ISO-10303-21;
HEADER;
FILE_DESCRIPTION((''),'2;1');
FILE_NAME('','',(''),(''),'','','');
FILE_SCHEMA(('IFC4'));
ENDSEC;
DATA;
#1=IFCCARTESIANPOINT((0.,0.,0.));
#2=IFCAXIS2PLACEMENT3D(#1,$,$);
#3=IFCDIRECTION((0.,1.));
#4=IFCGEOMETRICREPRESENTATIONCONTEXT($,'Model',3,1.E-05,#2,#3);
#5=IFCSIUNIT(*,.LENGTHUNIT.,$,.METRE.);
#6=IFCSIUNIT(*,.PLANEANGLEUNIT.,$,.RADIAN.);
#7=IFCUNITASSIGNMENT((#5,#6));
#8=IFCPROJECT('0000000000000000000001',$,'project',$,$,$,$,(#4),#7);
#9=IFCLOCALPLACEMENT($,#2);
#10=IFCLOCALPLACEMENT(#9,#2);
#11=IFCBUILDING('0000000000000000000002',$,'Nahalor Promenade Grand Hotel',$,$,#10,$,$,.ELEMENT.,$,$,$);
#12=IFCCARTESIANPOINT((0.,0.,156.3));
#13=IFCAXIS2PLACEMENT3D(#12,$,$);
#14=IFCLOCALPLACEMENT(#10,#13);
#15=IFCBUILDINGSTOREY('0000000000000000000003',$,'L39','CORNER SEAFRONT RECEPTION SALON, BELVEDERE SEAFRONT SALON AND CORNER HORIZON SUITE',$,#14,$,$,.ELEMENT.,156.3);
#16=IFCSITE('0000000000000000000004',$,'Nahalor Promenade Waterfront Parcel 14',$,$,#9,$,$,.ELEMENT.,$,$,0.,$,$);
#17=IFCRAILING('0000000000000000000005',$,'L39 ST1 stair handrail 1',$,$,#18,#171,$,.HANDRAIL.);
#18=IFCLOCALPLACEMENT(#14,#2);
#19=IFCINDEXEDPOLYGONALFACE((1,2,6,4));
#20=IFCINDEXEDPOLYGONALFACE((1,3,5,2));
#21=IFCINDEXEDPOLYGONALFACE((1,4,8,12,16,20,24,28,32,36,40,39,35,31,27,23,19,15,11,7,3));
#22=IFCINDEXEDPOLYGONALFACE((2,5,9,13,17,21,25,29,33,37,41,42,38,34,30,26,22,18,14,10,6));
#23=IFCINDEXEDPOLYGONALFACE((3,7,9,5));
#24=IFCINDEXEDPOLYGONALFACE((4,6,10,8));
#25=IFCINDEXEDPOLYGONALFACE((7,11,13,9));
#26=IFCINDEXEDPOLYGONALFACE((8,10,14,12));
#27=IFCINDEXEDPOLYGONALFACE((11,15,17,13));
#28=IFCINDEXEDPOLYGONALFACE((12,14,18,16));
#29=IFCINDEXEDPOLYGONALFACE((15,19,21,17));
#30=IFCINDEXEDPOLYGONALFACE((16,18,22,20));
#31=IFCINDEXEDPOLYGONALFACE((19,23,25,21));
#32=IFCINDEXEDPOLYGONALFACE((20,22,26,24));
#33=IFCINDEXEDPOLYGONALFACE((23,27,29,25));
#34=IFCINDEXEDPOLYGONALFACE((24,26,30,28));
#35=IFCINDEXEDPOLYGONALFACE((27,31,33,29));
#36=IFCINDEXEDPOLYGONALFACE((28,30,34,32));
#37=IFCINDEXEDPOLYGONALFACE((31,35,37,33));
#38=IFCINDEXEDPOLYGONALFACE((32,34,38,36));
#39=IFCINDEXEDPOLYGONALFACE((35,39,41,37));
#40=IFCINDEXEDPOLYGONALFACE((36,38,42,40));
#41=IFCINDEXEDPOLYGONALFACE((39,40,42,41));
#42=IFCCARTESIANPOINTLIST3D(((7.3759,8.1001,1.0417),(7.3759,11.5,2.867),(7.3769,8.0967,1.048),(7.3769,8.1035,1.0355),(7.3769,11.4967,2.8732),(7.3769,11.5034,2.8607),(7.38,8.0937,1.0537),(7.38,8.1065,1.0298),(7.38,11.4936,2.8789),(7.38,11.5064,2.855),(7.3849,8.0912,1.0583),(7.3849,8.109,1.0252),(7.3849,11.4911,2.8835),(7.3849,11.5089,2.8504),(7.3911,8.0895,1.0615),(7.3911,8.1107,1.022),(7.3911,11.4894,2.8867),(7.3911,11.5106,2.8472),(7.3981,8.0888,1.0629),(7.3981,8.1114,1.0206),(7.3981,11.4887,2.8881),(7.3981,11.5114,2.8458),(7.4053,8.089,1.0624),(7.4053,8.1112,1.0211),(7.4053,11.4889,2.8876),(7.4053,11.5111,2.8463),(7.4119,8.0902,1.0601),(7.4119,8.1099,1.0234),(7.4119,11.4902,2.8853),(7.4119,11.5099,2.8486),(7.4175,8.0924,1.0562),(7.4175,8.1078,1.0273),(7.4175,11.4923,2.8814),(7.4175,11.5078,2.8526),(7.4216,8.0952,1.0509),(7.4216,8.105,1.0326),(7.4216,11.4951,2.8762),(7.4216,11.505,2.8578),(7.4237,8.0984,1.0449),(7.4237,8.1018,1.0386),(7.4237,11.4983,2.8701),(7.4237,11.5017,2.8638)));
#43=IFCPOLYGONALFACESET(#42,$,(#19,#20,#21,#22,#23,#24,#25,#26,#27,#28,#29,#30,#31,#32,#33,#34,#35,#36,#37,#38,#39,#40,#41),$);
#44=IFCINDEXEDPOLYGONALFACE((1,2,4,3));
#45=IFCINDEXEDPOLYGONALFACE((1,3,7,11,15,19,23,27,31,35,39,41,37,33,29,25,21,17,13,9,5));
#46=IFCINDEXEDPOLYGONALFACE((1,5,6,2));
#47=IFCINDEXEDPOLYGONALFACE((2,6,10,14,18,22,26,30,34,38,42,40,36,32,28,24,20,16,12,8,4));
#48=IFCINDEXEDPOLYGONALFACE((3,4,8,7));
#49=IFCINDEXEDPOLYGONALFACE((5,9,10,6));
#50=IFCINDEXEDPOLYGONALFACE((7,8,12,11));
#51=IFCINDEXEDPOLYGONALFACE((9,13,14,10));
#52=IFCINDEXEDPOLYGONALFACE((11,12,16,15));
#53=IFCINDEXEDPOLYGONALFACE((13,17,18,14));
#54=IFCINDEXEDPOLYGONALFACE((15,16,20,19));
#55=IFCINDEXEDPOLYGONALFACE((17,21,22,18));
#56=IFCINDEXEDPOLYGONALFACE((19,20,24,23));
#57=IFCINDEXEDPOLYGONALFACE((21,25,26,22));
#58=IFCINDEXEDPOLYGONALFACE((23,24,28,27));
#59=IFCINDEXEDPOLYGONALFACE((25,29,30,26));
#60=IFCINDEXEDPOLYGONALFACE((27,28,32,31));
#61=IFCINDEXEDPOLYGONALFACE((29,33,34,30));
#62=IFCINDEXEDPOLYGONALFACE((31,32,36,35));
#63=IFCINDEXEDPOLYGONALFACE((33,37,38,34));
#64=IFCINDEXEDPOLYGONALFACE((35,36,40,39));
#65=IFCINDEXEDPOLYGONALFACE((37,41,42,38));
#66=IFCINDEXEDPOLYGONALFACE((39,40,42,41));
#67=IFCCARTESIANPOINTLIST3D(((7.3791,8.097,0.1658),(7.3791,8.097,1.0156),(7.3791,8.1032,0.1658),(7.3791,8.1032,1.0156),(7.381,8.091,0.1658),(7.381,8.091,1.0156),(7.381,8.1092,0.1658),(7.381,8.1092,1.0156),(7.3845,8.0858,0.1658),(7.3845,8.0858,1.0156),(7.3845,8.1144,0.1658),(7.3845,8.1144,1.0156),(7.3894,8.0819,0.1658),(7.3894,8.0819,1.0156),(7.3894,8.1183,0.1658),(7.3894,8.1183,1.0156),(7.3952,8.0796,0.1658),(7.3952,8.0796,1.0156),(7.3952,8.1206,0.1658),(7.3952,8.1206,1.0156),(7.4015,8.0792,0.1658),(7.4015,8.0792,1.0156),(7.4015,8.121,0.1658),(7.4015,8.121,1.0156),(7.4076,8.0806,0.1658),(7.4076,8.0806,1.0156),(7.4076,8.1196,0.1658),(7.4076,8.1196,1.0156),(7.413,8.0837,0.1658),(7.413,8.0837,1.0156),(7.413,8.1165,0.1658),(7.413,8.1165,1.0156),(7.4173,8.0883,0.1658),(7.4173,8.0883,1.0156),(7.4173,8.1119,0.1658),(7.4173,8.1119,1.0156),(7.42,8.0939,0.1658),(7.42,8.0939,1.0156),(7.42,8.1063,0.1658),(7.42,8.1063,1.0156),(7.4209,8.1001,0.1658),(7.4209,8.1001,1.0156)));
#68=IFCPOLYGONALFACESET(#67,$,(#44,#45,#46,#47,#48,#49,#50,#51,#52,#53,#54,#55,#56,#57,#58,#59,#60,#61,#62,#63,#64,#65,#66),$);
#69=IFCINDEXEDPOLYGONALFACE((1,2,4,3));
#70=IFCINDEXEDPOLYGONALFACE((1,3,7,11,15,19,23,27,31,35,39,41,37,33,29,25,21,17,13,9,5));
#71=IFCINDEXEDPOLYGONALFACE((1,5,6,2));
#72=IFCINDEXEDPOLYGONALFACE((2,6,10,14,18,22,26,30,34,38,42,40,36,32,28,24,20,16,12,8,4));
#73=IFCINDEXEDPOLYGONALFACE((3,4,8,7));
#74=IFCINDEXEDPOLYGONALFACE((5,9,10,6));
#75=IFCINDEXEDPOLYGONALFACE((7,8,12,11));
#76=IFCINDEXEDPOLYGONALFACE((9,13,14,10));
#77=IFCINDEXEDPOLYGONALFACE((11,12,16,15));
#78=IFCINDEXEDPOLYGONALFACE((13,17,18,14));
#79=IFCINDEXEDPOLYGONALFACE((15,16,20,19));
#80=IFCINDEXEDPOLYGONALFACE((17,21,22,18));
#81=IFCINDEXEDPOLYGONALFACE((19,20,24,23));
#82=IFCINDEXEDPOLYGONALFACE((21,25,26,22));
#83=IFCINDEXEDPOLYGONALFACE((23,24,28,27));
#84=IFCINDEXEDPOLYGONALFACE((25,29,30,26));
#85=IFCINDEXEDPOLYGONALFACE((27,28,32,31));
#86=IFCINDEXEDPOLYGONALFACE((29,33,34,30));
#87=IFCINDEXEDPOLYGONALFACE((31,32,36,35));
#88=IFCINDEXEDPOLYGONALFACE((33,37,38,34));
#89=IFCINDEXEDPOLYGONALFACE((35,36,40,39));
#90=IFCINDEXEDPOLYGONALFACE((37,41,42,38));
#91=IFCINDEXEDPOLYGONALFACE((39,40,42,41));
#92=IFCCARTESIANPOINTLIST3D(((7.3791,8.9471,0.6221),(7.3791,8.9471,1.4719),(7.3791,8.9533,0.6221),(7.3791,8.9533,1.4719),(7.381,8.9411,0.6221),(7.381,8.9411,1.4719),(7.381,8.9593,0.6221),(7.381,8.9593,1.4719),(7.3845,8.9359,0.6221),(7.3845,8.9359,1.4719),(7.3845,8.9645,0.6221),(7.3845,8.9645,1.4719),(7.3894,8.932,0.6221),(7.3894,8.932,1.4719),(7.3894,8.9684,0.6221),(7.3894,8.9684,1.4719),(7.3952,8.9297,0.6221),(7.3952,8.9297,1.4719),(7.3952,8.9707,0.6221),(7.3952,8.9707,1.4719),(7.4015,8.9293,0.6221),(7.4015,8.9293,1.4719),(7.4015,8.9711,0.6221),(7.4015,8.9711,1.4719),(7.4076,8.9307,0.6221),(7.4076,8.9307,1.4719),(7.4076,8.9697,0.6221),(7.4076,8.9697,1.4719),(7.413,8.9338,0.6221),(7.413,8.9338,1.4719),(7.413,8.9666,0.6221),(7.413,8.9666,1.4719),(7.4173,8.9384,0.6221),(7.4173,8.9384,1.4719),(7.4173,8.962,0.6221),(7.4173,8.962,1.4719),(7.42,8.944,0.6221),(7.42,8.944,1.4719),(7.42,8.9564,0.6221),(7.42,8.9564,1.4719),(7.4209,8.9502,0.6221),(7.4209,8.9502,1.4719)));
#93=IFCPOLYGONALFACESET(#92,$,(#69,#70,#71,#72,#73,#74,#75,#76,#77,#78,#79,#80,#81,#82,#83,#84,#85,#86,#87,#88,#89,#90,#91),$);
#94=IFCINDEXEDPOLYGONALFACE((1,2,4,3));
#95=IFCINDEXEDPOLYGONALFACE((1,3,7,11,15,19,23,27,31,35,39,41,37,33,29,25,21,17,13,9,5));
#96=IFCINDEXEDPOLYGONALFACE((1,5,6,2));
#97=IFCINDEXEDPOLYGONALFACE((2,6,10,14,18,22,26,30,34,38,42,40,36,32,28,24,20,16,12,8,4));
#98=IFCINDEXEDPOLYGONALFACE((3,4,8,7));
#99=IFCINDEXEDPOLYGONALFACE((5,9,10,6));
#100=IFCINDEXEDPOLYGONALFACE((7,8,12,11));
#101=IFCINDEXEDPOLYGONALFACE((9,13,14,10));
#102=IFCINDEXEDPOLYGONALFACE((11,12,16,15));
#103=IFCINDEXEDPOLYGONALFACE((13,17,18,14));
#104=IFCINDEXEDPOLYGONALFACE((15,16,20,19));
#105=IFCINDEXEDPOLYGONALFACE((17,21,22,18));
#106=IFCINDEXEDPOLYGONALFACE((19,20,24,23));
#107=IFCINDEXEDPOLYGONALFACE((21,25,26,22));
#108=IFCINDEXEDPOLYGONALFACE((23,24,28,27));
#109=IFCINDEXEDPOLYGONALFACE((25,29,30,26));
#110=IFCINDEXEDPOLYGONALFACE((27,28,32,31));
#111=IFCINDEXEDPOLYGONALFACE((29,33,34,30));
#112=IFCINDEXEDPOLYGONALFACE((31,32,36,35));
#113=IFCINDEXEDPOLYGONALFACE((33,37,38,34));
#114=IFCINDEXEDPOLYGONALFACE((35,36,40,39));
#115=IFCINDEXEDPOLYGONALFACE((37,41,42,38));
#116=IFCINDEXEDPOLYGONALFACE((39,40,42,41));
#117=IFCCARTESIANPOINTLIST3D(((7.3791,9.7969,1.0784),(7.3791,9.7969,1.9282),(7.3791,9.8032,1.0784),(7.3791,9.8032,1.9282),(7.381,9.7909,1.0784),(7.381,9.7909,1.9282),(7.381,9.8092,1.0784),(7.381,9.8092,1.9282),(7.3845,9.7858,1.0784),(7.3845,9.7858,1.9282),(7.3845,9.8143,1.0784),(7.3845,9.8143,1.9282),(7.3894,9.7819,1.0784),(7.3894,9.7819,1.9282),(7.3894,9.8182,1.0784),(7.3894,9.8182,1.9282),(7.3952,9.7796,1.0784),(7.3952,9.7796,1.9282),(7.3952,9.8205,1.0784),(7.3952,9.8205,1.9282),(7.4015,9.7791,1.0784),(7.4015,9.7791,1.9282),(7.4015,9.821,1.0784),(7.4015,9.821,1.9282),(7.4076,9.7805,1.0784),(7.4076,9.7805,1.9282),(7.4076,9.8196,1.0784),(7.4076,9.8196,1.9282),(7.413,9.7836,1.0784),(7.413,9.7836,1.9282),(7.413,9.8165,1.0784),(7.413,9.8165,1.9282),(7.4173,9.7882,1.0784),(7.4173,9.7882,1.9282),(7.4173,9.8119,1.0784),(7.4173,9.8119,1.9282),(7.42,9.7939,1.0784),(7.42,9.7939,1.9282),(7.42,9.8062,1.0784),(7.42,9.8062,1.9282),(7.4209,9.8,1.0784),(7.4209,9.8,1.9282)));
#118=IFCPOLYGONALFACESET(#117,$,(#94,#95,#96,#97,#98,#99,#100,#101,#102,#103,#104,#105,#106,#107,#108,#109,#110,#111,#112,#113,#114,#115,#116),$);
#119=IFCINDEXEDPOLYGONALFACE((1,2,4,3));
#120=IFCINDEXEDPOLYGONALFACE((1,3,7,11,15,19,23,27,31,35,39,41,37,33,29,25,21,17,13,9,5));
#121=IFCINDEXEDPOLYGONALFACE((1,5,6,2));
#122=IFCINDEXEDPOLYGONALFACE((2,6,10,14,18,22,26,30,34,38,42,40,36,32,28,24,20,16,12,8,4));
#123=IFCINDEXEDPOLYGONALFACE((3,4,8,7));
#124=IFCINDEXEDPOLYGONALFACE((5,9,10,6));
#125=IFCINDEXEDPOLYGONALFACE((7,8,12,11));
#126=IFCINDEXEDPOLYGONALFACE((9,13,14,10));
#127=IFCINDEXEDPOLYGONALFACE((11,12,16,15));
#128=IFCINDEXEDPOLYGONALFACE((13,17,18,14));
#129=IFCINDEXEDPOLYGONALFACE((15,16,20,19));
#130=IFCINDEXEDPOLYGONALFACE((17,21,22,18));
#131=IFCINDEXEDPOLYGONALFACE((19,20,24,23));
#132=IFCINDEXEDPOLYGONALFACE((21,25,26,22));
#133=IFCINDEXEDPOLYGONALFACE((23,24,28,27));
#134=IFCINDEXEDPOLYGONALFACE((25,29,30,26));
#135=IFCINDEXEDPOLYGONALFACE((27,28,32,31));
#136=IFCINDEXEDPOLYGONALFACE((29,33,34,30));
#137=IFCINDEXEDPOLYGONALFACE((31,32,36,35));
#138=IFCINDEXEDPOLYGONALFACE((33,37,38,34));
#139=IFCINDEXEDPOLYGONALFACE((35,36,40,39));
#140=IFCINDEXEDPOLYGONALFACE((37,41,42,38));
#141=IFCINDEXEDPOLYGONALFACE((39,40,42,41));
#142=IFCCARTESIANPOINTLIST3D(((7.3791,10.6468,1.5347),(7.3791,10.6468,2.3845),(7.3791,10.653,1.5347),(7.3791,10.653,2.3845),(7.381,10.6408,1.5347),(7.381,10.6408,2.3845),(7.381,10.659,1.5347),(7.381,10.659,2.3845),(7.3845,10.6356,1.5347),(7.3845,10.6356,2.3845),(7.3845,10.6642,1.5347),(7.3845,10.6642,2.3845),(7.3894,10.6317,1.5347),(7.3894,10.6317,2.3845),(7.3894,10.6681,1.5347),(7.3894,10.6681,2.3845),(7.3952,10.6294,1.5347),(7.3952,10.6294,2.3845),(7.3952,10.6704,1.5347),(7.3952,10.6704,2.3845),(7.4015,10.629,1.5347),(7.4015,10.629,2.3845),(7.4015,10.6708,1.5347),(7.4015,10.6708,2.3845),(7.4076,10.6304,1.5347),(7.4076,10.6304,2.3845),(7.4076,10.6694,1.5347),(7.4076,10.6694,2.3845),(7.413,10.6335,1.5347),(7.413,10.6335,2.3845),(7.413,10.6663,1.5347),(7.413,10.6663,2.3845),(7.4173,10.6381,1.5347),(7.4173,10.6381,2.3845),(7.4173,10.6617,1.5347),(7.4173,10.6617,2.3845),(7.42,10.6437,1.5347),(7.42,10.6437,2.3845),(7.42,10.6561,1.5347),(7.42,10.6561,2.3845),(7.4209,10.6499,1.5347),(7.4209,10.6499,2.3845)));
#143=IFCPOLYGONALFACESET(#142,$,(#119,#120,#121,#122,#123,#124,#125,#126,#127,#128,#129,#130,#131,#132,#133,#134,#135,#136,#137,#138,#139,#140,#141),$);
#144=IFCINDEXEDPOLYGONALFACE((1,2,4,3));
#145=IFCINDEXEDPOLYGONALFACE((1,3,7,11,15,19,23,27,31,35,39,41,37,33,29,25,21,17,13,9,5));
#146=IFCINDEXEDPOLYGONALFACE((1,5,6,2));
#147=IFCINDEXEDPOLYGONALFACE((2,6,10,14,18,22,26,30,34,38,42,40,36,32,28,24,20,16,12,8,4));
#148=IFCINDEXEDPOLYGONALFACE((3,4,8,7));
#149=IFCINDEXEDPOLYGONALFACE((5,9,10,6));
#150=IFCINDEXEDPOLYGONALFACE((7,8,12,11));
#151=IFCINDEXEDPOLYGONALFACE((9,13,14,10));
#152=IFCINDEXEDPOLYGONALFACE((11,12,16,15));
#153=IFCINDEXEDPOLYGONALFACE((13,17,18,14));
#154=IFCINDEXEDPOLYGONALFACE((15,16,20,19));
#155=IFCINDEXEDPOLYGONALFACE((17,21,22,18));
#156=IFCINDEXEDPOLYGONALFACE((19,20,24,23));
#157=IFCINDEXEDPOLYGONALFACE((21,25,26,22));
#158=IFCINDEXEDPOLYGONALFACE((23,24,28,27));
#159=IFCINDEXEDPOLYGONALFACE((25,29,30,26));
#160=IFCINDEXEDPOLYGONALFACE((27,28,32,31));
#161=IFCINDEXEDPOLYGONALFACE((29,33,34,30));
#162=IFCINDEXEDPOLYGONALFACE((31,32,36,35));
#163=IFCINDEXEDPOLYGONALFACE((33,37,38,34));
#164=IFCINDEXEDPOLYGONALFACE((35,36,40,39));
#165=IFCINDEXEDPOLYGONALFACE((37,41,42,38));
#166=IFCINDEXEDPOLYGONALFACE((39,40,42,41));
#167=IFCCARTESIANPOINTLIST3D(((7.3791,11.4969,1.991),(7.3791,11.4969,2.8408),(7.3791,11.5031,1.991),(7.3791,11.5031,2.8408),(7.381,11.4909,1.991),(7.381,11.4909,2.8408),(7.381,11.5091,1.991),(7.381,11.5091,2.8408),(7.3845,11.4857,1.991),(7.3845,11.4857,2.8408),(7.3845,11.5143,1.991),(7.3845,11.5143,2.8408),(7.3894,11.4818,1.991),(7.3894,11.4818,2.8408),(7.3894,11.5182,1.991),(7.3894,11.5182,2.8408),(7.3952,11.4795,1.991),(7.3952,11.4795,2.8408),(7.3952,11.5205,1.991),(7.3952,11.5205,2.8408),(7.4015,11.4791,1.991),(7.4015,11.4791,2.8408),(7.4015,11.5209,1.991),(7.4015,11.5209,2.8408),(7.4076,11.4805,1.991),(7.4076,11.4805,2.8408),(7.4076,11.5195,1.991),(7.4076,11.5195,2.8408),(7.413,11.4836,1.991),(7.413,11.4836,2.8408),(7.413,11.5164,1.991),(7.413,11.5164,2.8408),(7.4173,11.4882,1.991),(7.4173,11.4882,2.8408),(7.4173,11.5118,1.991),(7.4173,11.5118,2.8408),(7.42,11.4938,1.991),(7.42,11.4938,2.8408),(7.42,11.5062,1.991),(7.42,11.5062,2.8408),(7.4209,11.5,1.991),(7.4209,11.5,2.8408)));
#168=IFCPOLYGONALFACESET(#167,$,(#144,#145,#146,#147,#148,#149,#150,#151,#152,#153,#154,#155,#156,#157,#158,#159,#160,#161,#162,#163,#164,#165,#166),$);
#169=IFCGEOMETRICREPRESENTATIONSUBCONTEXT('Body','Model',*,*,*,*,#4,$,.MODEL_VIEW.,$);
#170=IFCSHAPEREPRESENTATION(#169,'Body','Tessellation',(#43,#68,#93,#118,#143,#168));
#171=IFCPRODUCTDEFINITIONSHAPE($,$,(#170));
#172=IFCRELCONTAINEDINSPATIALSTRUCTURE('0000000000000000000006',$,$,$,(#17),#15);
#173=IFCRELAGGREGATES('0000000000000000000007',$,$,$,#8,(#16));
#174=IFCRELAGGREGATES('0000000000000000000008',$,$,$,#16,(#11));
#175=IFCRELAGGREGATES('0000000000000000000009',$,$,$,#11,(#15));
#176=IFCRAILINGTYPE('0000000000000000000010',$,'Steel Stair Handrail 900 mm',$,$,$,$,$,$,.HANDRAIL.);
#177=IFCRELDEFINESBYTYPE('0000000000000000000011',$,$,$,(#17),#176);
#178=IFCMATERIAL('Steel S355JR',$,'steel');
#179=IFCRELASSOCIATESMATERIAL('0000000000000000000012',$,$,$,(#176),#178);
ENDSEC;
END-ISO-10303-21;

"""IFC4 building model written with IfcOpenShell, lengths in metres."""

from ifc_helpers import new_model, si_unit, direction, frame, origin, origin_2d, place, context, subcontext, project, spatial, circle, extrude, material, type_object, element, save


model = new_model("IFC4")

# Units and contexts
model_context = context("Model", 3, precision=1e-05, world=origin(), true_north=direction((0.0, 1.0)))
body_context = subcontext(model_context, "Body", "Model", "MODEL_VIEW")
ifc_project = project(units=[si_unit("LENGTHUNIT", "METRE"), si_unit("PLANEANGLEUNIT", "RADIAN")], contexts=[model_context])

# Site, building, storey
site_placement = place(None, origin())
site = spatial("IfcSite", under=ifc_project, at=site_placement, Name="Nahalor Promenade Waterfront Parcel 14", CompositionType="ELEMENT", RefElevation=0.0)
building_placement = place(site_placement, origin())
building = spatial("IfcBuilding", under=site, at=building_placement, Name="Nahalor Promenade Grand Hotel", CompositionType="ELEMENT")
storey_placement = place(building_placement, frame((0.0, 0.0, 156.3)))
storey = spatial("IfcBuildingStorey", under=building, at=storey_placement, Name="L39", Description="CORNER SEAFRONT RECEPTION SALON, BELVEDERE SEAFRONT SALON AND CORNER HORIZON SUITE", CompositionType="ELEMENT", Elevation=156.3)

# Shared definitions
ifc_material_1 = material(Name="Steel S355JR", Category="steel")

# Railing
railing_type_1 = type_object("IfcRailingType", Name="Steel Stair Handrail 900 mm", PredefinedType="HANDRAIL", material=ifc_material_1)
railing_1_placement = place(storey_placement, frame((7.3999, 8.1001, 0.1658)))
element("IfcRailing", 1, at=railing_1_placement, inside=storey, type_object=railing_type_1, Name="L39 ST1 stair handrail 1", PredefinedType="HANDRAIL", context=body_context, shape_type="SweptSolid", body=[
    extrude(circle(Radius=0.024, at=origin_2d()), frame((0.0, 0.0, 0.876), z_axis=(0.0, 0.881068, 0.47299), x_axis=(-1.0, 0.0, 0.0)), (0.0, 0.0, 1.0), 3.8589),
    extrude(circle(Radius=0.021, at=origin_2d()), origin(), (0.0, 0.0, 1.0), 0.8499),
    extrude(circle(Radius=0.021, at=origin_2d()), frame((0.0, 0.8501, 0.4563)), (0.0, 0.0, 1.0), 0.8499),
    extrude(circle(Radius=0.021, at=origin_2d()), frame((0.0, 1.7, 0.9126)), (0.0, 0.0, 1.0), 0.8499),
    extrude(circle(Radius=0.021, at=origin_2d()), frame((0.0, 2.5498, 1.3689)), (0.0, 0.0, 1.0), 0.8499),
    extrude(circle(Radius=0.021, at=origin_2d()), frame((0.0, 3.3999, 1.8252)), (0.0, 0.0, 1.0), 0.8499),
])

save(model, "model.ifc")
